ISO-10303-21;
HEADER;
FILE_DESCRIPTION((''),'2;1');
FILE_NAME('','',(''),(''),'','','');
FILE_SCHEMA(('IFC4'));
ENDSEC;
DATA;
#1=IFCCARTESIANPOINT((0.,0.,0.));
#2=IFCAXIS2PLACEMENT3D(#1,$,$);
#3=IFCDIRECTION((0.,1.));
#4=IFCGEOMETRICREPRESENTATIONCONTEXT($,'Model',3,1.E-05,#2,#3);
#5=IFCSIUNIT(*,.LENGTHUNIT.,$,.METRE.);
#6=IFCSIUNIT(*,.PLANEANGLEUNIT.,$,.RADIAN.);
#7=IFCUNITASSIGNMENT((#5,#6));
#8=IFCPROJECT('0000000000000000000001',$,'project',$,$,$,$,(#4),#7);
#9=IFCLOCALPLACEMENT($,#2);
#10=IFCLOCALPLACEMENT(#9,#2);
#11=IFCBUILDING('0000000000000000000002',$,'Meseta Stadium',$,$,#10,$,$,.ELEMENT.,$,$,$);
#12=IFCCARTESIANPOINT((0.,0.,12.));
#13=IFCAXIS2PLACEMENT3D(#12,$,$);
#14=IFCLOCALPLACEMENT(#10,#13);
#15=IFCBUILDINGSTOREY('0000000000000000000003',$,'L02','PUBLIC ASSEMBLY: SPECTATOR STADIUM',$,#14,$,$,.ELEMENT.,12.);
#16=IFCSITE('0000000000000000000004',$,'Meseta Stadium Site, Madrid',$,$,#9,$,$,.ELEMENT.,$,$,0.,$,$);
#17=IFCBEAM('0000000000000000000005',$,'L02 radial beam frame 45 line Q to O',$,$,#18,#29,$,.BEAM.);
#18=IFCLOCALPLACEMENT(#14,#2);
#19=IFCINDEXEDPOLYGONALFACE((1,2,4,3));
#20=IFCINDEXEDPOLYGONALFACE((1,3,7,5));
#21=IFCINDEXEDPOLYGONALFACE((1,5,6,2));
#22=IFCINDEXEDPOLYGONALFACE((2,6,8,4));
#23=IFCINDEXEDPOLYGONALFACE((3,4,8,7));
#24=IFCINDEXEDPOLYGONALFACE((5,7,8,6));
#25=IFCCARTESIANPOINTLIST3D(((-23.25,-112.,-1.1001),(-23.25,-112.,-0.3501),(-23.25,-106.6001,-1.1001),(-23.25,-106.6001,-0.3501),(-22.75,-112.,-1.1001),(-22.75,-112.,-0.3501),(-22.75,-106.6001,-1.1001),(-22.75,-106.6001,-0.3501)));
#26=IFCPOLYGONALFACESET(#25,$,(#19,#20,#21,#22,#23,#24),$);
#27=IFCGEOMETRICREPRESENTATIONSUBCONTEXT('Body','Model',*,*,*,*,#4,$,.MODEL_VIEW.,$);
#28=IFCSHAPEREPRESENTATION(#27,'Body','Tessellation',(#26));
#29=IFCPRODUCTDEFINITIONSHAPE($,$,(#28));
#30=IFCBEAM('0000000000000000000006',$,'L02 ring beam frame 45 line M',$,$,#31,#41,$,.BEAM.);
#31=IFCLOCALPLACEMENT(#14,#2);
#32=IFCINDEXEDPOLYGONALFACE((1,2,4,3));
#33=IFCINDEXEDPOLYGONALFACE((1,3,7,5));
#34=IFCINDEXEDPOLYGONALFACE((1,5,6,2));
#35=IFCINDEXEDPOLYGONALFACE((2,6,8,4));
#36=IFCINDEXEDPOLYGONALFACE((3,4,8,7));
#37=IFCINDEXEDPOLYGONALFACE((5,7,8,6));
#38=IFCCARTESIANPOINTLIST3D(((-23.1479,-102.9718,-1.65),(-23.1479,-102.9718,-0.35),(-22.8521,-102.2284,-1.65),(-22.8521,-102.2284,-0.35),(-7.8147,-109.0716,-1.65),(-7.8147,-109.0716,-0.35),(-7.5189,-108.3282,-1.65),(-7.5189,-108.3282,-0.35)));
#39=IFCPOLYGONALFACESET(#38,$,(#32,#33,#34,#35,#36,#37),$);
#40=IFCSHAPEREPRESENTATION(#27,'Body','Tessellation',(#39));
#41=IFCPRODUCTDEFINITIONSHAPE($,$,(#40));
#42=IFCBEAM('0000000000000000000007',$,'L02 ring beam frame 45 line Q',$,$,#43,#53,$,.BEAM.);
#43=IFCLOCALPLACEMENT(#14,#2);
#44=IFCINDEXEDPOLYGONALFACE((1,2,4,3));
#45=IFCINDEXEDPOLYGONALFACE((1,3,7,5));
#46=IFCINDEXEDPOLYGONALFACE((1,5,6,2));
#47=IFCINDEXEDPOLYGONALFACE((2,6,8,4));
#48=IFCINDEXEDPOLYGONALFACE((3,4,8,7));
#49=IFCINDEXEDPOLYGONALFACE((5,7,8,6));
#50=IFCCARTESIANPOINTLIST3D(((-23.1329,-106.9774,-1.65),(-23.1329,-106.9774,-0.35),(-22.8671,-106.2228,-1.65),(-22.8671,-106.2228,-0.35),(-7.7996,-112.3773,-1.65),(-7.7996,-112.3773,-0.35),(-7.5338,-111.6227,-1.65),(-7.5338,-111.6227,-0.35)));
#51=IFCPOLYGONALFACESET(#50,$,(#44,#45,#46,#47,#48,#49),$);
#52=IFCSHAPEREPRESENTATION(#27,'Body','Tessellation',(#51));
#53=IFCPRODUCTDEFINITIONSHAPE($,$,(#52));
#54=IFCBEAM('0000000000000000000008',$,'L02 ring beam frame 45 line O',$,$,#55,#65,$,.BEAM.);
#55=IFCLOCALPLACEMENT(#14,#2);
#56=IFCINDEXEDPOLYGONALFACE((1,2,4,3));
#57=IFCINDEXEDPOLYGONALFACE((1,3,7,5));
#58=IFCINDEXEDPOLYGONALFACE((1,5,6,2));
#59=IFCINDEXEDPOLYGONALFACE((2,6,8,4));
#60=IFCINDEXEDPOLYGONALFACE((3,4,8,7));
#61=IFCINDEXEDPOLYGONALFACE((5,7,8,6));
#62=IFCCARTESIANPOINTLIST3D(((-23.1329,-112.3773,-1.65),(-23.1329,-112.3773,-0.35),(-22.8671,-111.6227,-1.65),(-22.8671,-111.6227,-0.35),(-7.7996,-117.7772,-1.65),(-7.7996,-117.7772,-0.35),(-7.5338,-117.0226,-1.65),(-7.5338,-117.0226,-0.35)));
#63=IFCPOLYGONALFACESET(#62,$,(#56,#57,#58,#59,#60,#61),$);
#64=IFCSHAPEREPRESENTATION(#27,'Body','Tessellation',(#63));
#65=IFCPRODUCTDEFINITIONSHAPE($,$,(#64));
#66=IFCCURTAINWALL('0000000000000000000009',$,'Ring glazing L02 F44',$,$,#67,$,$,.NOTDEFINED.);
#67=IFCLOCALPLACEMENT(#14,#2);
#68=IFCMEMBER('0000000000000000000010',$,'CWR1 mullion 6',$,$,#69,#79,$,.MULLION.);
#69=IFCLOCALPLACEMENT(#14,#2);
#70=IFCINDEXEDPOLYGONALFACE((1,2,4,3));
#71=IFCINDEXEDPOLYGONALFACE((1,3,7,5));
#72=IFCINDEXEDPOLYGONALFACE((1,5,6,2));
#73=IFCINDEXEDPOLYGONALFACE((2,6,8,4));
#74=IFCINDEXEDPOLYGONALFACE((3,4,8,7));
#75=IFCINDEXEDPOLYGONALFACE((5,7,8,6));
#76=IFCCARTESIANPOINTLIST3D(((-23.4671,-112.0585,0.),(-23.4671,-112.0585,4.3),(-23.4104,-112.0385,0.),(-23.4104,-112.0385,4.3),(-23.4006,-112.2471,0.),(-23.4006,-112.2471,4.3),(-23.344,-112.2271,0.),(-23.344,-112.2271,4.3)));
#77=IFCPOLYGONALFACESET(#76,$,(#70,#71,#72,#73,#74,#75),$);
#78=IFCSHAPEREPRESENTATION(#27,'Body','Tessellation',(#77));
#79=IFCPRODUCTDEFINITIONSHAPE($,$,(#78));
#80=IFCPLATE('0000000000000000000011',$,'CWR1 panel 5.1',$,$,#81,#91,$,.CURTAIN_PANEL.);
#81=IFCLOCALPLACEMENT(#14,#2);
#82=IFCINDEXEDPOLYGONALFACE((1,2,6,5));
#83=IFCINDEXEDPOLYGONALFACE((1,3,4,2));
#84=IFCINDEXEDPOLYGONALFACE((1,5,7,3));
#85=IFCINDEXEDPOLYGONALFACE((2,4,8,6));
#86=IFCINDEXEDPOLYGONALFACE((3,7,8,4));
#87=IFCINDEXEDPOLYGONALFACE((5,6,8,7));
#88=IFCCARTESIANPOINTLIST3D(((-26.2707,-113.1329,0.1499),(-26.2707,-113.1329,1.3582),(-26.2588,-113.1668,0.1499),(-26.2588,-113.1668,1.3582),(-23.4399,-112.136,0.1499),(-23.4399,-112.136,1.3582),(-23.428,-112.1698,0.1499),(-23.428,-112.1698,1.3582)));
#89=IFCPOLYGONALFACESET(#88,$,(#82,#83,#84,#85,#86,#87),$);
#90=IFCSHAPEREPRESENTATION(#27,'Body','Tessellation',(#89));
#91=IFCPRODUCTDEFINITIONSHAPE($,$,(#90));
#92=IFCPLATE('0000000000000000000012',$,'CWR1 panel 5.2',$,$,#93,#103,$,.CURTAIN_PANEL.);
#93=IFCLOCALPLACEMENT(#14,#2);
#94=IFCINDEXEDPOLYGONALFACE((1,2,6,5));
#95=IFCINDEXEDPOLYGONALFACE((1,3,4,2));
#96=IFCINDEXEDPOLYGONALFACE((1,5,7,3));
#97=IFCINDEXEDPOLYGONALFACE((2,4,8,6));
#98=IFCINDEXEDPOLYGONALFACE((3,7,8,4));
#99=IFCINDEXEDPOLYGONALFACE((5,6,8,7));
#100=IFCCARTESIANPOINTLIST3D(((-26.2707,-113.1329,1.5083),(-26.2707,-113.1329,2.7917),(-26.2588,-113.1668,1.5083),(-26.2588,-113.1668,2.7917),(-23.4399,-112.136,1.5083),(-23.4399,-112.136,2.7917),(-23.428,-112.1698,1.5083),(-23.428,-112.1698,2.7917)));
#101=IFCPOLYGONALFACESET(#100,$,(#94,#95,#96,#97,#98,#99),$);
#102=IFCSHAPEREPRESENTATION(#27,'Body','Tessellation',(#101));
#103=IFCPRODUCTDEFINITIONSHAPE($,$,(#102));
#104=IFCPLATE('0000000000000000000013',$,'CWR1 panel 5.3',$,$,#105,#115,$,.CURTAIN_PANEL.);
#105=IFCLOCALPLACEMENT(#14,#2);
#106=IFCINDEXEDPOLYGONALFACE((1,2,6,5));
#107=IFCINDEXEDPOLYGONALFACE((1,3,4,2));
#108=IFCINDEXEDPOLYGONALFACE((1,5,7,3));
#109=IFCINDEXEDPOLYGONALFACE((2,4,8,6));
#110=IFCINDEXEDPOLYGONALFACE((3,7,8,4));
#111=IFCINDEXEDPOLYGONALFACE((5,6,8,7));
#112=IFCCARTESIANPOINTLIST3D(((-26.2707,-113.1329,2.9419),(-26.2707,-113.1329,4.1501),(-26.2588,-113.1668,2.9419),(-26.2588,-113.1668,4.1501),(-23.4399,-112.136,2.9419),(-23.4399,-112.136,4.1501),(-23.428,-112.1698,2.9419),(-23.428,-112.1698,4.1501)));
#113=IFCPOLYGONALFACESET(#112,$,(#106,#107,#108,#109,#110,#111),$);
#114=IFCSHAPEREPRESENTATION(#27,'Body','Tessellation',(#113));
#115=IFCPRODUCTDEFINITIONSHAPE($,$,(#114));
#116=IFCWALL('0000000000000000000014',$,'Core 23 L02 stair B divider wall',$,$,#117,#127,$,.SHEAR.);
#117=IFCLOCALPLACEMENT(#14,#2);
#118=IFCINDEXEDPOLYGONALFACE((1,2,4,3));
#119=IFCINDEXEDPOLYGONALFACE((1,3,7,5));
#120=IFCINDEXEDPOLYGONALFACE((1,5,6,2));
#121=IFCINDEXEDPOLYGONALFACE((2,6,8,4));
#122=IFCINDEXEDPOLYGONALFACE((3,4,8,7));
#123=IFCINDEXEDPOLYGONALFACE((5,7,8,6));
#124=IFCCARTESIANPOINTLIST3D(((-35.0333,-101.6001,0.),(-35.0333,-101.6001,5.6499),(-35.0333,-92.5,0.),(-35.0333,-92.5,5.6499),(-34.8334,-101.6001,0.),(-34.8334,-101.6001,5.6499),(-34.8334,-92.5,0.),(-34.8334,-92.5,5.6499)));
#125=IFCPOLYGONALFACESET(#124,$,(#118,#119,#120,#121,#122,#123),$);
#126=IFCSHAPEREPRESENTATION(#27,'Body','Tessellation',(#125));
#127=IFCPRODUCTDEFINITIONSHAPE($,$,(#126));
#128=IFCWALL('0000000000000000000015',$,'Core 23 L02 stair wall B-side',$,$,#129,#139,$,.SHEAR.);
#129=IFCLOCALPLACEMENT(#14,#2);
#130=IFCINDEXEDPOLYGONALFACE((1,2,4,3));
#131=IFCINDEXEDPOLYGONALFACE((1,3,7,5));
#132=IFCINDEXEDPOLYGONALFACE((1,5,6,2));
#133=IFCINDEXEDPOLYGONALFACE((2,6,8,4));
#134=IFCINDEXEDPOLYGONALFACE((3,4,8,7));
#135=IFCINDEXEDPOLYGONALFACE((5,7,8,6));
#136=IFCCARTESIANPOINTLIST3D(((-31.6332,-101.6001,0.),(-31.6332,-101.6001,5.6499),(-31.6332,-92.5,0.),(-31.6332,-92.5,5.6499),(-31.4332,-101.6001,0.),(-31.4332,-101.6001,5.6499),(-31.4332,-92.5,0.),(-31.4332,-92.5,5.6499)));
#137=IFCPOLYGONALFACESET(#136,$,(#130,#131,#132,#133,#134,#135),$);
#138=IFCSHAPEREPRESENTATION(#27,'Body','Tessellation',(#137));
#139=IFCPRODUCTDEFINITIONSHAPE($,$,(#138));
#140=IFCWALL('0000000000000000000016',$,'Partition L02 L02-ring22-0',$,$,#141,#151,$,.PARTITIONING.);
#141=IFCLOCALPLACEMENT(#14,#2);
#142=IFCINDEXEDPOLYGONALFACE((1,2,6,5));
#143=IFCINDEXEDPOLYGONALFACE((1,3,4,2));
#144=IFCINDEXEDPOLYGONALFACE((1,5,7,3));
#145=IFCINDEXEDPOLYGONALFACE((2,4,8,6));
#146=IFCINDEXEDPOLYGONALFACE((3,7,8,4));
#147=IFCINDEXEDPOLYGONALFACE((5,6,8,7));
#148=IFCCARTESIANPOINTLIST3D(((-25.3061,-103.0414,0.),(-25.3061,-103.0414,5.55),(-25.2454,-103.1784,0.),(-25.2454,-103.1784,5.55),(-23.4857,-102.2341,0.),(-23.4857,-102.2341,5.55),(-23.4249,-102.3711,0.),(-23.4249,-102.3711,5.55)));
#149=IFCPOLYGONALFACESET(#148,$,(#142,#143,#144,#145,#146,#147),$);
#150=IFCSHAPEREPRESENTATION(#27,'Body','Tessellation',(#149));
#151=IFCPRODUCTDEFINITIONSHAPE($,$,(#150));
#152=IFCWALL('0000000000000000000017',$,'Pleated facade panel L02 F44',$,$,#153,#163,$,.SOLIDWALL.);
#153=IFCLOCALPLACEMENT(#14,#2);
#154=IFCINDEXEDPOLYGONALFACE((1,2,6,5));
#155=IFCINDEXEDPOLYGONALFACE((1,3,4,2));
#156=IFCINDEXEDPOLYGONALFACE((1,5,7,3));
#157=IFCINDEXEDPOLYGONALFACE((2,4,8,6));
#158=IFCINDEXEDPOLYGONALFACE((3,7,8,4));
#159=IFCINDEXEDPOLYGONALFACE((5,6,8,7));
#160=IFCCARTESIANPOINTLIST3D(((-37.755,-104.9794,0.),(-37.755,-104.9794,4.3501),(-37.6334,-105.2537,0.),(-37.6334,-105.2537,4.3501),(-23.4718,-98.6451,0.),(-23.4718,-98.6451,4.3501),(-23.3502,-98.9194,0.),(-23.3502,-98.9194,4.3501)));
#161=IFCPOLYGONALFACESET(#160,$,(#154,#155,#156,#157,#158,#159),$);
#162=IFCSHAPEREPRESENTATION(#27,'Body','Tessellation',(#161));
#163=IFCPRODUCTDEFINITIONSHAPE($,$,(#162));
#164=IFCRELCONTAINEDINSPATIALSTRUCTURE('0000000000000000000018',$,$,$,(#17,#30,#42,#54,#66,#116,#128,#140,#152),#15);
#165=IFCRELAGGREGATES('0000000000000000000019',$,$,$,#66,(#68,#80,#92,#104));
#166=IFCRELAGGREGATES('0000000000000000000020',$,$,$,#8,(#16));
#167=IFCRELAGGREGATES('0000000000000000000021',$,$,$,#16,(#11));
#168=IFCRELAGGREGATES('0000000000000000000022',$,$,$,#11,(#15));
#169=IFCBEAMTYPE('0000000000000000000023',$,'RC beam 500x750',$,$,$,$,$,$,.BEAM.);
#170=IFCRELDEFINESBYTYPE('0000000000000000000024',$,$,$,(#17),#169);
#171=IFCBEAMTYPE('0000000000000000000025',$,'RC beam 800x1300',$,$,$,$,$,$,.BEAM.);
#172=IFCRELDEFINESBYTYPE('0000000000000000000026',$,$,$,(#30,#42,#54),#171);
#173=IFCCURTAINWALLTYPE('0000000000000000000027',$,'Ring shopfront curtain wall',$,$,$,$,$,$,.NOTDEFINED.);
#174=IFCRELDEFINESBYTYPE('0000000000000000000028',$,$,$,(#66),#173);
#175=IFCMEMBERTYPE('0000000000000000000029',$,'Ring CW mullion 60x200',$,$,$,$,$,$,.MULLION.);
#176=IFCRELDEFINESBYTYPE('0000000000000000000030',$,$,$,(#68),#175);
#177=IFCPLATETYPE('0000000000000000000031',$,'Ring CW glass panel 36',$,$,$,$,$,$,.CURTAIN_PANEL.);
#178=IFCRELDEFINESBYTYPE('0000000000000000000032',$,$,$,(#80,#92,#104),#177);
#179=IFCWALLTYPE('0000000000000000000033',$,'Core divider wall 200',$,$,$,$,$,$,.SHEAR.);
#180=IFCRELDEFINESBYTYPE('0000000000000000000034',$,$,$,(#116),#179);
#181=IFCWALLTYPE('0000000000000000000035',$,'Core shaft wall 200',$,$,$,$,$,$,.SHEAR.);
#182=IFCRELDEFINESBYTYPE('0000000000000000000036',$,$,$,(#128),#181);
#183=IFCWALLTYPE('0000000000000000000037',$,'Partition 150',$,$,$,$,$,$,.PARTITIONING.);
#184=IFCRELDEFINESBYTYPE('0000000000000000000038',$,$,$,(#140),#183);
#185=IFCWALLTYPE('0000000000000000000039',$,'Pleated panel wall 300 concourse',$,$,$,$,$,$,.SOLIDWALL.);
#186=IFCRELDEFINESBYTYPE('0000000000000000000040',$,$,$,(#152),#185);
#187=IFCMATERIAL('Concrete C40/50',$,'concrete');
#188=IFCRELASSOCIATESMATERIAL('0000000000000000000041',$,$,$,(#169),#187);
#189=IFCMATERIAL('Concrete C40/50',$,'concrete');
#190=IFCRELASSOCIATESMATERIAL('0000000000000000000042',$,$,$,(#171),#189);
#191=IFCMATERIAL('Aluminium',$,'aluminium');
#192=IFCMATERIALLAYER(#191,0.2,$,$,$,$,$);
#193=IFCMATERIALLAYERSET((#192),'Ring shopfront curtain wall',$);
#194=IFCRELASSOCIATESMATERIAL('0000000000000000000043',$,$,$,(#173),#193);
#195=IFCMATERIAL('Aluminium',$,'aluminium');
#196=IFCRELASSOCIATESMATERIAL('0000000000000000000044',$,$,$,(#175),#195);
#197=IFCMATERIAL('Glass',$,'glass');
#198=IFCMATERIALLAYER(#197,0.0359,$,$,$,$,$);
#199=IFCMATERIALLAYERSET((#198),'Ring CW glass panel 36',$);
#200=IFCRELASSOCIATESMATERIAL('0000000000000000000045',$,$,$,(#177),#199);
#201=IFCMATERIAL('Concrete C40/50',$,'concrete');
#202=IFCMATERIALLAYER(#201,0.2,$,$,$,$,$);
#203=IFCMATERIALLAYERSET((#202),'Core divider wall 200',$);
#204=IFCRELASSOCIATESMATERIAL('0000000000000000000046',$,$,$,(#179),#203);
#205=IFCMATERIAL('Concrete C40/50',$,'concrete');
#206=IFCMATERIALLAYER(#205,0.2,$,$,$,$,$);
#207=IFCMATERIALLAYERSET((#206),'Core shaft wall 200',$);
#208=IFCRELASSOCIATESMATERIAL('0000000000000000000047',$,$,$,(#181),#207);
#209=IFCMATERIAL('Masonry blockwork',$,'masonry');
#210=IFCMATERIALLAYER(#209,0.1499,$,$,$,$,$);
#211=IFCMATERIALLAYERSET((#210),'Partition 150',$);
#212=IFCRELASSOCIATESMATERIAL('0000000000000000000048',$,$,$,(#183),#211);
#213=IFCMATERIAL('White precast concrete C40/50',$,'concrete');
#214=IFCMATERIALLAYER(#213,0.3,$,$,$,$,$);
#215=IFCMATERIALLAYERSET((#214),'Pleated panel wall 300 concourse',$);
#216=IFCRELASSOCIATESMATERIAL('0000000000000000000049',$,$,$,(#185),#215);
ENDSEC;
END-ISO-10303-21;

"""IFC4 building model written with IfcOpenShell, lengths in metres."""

from ifc_helpers import new_model, si_unit, direction, frame, frame_2d, origin, origin_2d, place, context, subcontext, project, spatial, rectangle, extrude, material, layer, layer_set, material_profile, profile_set, type_object, element, aggregate, save


model = new_model("IFC4")

# Units and contexts
model_context = context("Model", 3, precision=1e-05, world=origin(), true_north=direction((0.0, 1.0)))
body_context = subcontext(model_context, "Body", "Model", "MODEL_VIEW")
ifc_project = project(units=[si_unit("LENGTHUNIT", "METRE"), si_unit("PLANEANGLEUNIT", "RADIAN")], contexts=[model_context])

# Site, building, storey
site_placement = place(None, origin())
site = spatial("IfcSite", under=ifc_project, at=site_placement, Name="Meseta Stadium Site, Madrid", CompositionType="ELEMENT", RefElevation=0.0)
building_placement = place(site_placement, origin())
building = spatial("IfcBuilding", under=site, at=building_placement, Name="Meseta Stadium", CompositionType="ELEMENT")
storey_placement = place(building_placement, frame((0.0, 0.0, 12.0)))
storey = spatial("IfcBuildingStorey", under=building, at=storey_placement, Name="L02", Description="PUBLIC ASSEMBLY: SPECTATOR STADIUM", CompositionType="ELEMENT", Elevation=12.0)

# Beams
ifc_material_1 = material(Name="Concrete C40/50", Category="concrete")
ifc_material_profile_1 = material_profile(ifc_material_1, rectangle(XDim=0.5, YDim=0.75, at=origin_2d()), Name="RC 500x750")
ifc_profile_set_1 = profile_set([ifc_material_profile_1], Name="Concrete C40/50")
beam_type_1 = type_object("IfcBeamType", Name="RC beam 500x750", PredefinedType="BEAM", material=ifc_profile_set_1)
beam_1_placement = place(storey_placement, frame((-23.0, -106.6001, -0.7251), z_axis=(0.0, -1.0, 0.0), x_axis=(1.0, 0.0, 0.0)))
element("IfcBeam", 1, at=beam_1_placement, inside=storey, type_object=beam_type_1, Name="L02 radial beam frame 45 line Q to O", PredefinedType="BEAM", context=body_context, shape_type="SweptSolid", body=[
    extrude(rectangle(XDim=0.5, YDim=0.75, at=origin_2d()), origin(), (0.0, 0.0, 1.0), 5.3999),
])
ifc_material_2 = material(Name="Concrete C40/50", Category="concrete")
ifc_material_profile_2 = material_profile(ifc_material_2, rectangle(XDim=0.8, YDim=1.3, at=origin_2d()), Name="RC 800x1300")
ifc_profile_set_2 = profile_set([ifc_material_profile_2], Name="Concrete C40/50")
beam_type_2 = type_object("IfcBeamType", Name="RC beam 800x1300", PredefinedType="BEAM", material=ifc_profile_set_2)
beam_2_placement = place(storey_placement, frame((-23.0, -102.6001, -1.0), z_axis=(0.929174, -0.369643, 0.0), x_axis=(0.369643, 0.929174, 0.0)))
element("IfcBeam", 2, at=beam_2_placement, inside=storey, type_object=beam_type_2, Name="L02 ring beam frame 45 line M", PredefinedType="BEAM", context=body_context, shape_type="SweptSolid", body=[
    extrude(rectangle(XDim=0.8, YDim=1.3, at=origin_2d()), origin(), (0.0, 0.0, 1.0), 16.502),
])
for number, where, z_axis, x_axis, name in (
    (3, (-23.0, -106.6001, -1.0), (0.943219, -0.332173, 0.0), (0.332173, 0.943219, 0.0), "L02 ring beam frame 45 line Q"),
    (4, (-23.0, -112.0, -1.0), (0.943219, -0.332173, 0.0), (0.332173, 0.943219, 0.0), "L02 ring beam frame 45 line O"),
):
    element("IfcBeam", number, at=place(storey_placement, frame(where, z_axis=z_axis, x_axis=x_axis)), inside=storey, type_object=beam_type_2, Name=name, PredefinedType="BEAM", context=body_context, shape_type="SweptSolid", body=[
        extrude(rectangle(XDim=0.8, YDim=1.3, at=origin_2d()), origin(), (0.0, 0.0, 1.0), 16.2563),
    ])

# Curtain wall, member, plates
ifc_material_3 = material(Name="Aluminium", Category="aluminium")
ifc_layer_1 = layer(ifc_material_3, 0.2)
ifc_layer_set_1 = layer_set([ifc_layer_1], Name="Ring shopfront curtain wall")
curtain_wall_type = type_object("IfcCurtainWallType", Name="Ring shopfront curtain wall", PredefinedType="NOTDEFINED", material=ifc_layer_set_1)
curtain_wall_placement = place(storey_placement, origin())
curtain_wall = element("IfcCurtainWall", 5, at=curtain_wall_placement, inside=storey, type_object=curtain_wall_type, Name="Ring glazing L02 F44", PredefinedType="NOTDEFINED")
ifc_material_4 = material(Name="Aluminium", Category="aluminium")
ifc_material_profile_3 = material_profile(ifc_material_4, rectangle(XDim=0.2, YDim=0.0601, at=origin_2d()), Name="CW 200x60")
ifc_profile_set_3 = profile_set([ifc_material_profile_3], Name="Aluminium")
member_type = type_object("IfcMemberType", Name="Ring CW mullion 60x200", PredefinedType="MULLION", material=ifc_profile_set_3)
member_placement = place(storey_placement, frame((-23.4055, -112.1428, 0.0), z_axis=(0.0, 0.0, 1.0), x_axis=(-0.332174, 0.943218, 0.0)))
member = element("IfcMember", 6, at=member_placement, type_object=member_type, Name="CWR1 mullion 6", PredefinedType="MULLION", context=body_context, shape_type="SweptSolid", body=[
    extrude(rectangle(XDim=0.2, YDim=0.0601, at=origin_2d()), origin(), (0.0, 0.0, 1.0), 4.3),
])
ifc_material_5 = material(Name="Glass", Category="glass")
ifc_layer_2 = layer(ifc_material_5, 0.0359)
ifc_layer_set_2 = layer_set([ifc_layer_2], Name="Ring CW glass panel 36")
plate_type = type_object("IfcPlateType", Name="Ring CW glass panel 36", PredefinedType="CURTAIN_PANEL", material=ifc_layer_set_2)
plate_1_placement = place(storey_placement, frame((-24.8494, -112.6514, 0.1499), z_axis=(0.0, 0.0, 1.0), x_axis=(0.943218, 0.332174, 0.0)))
plate_1 = element("IfcPlate", 7, at=plate_1_placement, type_object=plate_type, Name="CWR1 panel 5.1", PredefinedType="CURTAIN_PANEL", context=body_context, shape_type="SweptSolid", body=[
    extrude(rectangle(XDim=3.0012, YDim=0.0359, at=origin_2d()), origin(), (0.0, 0.0, 1.0), 1.2083),
])
plate_2_placement = place(storey_placement, frame((-24.8494, -112.6514, 1.5083), z_axis=(0.0, 0.0, 1.0), x_axis=(0.943218, 0.332174, 0.0)))
plate_2 = element("IfcPlate", 8, at=plate_2_placement, type_object=plate_type, Name="CWR1 panel 5.2", PredefinedType="CURTAIN_PANEL", context=body_context, shape_type="SweptSolid", body=[
    extrude(rectangle(XDim=3.0012, YDim=0.0359, at=origin_2d()), origin(), (0.0, 0.0, 1.0), 1.2834),
])
plate_3_placement = place(storey_placement, frame((-24.8494, -112.6514, 2.9419), z_axis=(0.0, 0.0, 1.0), x_axis=(0.943218, 0.332174, 0.0)))
plate_3 = element("IfcPlate", 9, at=plate_3_placement, type_object=plate_type, Name="CWR1 panel 5.3", PredefinedType="CURTAIN_PANEL", context=body_context, shape_type="SweptSolid", body=[
    extrude(rectangle(XDim=3.0012, YDim=0.0359, at=origin_2d()), origin(), (0.0, 0.0, 1.0), 1.2083),
])
aggregate(curtain_wall, [member, plate_1, plate_2, plate_3])

# Walls
ifc_material_6 = material(Name="Concrete C40/50", Category="concrete")
ifc_layer_3 = layer(ifc_material_6, 0.2)
ifc_layer_set_3 = layer_set([ifc_layer_3], Name="Core divider wall 200")
wall_type_1 = type_object("IfcWallType", Name="Core divider wall 200", PredefinedType="SHEAR", material=ifc_layer_set_3)
wall_1_placement = place(storey_placement, frame((-34.9333, -101.6001, 0.0), z_axis=(0.0, 0.0, 1.0), x_axis=(0.0, 1.0, 0.0)))
element("IfcWall", 10, at=wall_1_placement, inside=storey, type_object=wall_type_1, Name="Core 23 L02 stair B divider wall", PredefinedType="SHEAR", context=body_context, shape_type="SweptSolid", body=[
    extrude(rectangle(XDim=9.1001, YDim=0.2, at=frame_2d((4.55, 0.0))), origin(), (0.0, 0.0, 1.0), 5.6499),
])
ifc_material_7 = material(Name="Concrete C40/50", Category="concrete")
ifc_layer_4 = layer(ifc_material_7, 0.2)
ifc_layer_set_4 = layer_set([ifc_layer_4], Name="Core shaft wall 200")
wall_type_2 = type_object("IfcWallType", Name="Core shaft wall 200", PredefinedType="SHEAR", material=ifc_layer_set_4)
wall_2_placement = place(storey_placement, frame((-31.5332, -101.6001, 0.0), z_axis=(0.0, 0.0, 1.0), x_axis=(0.0, 1.0, 0.0)))
element("IfcWall", 11, at=wall_2_placement, inside=storey, type_object=wall_type_2, Name="Core 23 L02 stair wall B-side", PredefinedType="SHEAR", context=body_context, shape_type="SweptSolid", body=[
    extrude(rectangle(XDim=9.1001, YDim=0.2, at=frame_2d((4.55, 0.0))), origin(), (0.0, 0.0, 1.0), 5.6499),
])
ifc_material_8 = material(Name="Masonry blockwork", Category="masonry")
ifc_layer_5 = layer(ifc_material_8, 0.1499)
ifc_layer_set_5 = layer_set([ifc_layer_5], Name="Partition 150")
wall_type_3 = type_object("IfcWallType", Name="Partition 150", PredefinedType="PARTITIONING", material=ifc_layer_set_5)
wall_3_placement = place(storey_placement, frame((-25.2756, -103.1099, 0.0), z_axis=(0.0, 0.0, 1.0), x_axis=(0.91414, 0.405399, 0.0)))
element("IfcWall", 12, at=wall_3_placement, inside=storey, type_object=wall_type_3, Name="Partition L02 L02-ring22-0", PredefinedType="PARTITIONING", context=body_context, shape_type="SweptSolid", body=[
    extrude(rectangle(XDim=1.9915, YDim=0.1499, at=frame_2d((0.9956, 0.0))), origin(), (0.0, 0.0, 1.0), 5.55),
])
ifc_material_9 = material(Name="White precast concrete C40/50", Category="concrete")
ifc_layer_6 = layer(ifc_material_9, 0.3)
ifc_layer_set_6 = layer_set([ifc_layer_6], Name="Pleated panel wall 300 concourse")
wall_type_4 = type_object("IfcWallType", Name="Pleated panel wall 300 concourse", PredefinedType="SOLIDWALL", material=ifc_layer_set_6)
wall_4_placement = place(storey_placement, frame((-23.4109, -98.7822, 0.0), z_axis=(0.0, 0.0, 1.0), x_axis=(-0.914141, -0.405398, 0.0)))
element("IfcWall", 13, at=wall_4_placement, inside=storey, type_object=wall_type_4, Name="Pleated facade panel L02 F44", PredefinedType="SOLIDWALL", context=body_context, shape_type="SweptSolid", body=[
    extrude(rectangle(XDim=15.6248, YDim=0.3, at=frame_2d((7.8125, 0.0))), origin(), (0.0, 0.0, 1.0), 4.3501),
])

save(model, "model.ifc")
